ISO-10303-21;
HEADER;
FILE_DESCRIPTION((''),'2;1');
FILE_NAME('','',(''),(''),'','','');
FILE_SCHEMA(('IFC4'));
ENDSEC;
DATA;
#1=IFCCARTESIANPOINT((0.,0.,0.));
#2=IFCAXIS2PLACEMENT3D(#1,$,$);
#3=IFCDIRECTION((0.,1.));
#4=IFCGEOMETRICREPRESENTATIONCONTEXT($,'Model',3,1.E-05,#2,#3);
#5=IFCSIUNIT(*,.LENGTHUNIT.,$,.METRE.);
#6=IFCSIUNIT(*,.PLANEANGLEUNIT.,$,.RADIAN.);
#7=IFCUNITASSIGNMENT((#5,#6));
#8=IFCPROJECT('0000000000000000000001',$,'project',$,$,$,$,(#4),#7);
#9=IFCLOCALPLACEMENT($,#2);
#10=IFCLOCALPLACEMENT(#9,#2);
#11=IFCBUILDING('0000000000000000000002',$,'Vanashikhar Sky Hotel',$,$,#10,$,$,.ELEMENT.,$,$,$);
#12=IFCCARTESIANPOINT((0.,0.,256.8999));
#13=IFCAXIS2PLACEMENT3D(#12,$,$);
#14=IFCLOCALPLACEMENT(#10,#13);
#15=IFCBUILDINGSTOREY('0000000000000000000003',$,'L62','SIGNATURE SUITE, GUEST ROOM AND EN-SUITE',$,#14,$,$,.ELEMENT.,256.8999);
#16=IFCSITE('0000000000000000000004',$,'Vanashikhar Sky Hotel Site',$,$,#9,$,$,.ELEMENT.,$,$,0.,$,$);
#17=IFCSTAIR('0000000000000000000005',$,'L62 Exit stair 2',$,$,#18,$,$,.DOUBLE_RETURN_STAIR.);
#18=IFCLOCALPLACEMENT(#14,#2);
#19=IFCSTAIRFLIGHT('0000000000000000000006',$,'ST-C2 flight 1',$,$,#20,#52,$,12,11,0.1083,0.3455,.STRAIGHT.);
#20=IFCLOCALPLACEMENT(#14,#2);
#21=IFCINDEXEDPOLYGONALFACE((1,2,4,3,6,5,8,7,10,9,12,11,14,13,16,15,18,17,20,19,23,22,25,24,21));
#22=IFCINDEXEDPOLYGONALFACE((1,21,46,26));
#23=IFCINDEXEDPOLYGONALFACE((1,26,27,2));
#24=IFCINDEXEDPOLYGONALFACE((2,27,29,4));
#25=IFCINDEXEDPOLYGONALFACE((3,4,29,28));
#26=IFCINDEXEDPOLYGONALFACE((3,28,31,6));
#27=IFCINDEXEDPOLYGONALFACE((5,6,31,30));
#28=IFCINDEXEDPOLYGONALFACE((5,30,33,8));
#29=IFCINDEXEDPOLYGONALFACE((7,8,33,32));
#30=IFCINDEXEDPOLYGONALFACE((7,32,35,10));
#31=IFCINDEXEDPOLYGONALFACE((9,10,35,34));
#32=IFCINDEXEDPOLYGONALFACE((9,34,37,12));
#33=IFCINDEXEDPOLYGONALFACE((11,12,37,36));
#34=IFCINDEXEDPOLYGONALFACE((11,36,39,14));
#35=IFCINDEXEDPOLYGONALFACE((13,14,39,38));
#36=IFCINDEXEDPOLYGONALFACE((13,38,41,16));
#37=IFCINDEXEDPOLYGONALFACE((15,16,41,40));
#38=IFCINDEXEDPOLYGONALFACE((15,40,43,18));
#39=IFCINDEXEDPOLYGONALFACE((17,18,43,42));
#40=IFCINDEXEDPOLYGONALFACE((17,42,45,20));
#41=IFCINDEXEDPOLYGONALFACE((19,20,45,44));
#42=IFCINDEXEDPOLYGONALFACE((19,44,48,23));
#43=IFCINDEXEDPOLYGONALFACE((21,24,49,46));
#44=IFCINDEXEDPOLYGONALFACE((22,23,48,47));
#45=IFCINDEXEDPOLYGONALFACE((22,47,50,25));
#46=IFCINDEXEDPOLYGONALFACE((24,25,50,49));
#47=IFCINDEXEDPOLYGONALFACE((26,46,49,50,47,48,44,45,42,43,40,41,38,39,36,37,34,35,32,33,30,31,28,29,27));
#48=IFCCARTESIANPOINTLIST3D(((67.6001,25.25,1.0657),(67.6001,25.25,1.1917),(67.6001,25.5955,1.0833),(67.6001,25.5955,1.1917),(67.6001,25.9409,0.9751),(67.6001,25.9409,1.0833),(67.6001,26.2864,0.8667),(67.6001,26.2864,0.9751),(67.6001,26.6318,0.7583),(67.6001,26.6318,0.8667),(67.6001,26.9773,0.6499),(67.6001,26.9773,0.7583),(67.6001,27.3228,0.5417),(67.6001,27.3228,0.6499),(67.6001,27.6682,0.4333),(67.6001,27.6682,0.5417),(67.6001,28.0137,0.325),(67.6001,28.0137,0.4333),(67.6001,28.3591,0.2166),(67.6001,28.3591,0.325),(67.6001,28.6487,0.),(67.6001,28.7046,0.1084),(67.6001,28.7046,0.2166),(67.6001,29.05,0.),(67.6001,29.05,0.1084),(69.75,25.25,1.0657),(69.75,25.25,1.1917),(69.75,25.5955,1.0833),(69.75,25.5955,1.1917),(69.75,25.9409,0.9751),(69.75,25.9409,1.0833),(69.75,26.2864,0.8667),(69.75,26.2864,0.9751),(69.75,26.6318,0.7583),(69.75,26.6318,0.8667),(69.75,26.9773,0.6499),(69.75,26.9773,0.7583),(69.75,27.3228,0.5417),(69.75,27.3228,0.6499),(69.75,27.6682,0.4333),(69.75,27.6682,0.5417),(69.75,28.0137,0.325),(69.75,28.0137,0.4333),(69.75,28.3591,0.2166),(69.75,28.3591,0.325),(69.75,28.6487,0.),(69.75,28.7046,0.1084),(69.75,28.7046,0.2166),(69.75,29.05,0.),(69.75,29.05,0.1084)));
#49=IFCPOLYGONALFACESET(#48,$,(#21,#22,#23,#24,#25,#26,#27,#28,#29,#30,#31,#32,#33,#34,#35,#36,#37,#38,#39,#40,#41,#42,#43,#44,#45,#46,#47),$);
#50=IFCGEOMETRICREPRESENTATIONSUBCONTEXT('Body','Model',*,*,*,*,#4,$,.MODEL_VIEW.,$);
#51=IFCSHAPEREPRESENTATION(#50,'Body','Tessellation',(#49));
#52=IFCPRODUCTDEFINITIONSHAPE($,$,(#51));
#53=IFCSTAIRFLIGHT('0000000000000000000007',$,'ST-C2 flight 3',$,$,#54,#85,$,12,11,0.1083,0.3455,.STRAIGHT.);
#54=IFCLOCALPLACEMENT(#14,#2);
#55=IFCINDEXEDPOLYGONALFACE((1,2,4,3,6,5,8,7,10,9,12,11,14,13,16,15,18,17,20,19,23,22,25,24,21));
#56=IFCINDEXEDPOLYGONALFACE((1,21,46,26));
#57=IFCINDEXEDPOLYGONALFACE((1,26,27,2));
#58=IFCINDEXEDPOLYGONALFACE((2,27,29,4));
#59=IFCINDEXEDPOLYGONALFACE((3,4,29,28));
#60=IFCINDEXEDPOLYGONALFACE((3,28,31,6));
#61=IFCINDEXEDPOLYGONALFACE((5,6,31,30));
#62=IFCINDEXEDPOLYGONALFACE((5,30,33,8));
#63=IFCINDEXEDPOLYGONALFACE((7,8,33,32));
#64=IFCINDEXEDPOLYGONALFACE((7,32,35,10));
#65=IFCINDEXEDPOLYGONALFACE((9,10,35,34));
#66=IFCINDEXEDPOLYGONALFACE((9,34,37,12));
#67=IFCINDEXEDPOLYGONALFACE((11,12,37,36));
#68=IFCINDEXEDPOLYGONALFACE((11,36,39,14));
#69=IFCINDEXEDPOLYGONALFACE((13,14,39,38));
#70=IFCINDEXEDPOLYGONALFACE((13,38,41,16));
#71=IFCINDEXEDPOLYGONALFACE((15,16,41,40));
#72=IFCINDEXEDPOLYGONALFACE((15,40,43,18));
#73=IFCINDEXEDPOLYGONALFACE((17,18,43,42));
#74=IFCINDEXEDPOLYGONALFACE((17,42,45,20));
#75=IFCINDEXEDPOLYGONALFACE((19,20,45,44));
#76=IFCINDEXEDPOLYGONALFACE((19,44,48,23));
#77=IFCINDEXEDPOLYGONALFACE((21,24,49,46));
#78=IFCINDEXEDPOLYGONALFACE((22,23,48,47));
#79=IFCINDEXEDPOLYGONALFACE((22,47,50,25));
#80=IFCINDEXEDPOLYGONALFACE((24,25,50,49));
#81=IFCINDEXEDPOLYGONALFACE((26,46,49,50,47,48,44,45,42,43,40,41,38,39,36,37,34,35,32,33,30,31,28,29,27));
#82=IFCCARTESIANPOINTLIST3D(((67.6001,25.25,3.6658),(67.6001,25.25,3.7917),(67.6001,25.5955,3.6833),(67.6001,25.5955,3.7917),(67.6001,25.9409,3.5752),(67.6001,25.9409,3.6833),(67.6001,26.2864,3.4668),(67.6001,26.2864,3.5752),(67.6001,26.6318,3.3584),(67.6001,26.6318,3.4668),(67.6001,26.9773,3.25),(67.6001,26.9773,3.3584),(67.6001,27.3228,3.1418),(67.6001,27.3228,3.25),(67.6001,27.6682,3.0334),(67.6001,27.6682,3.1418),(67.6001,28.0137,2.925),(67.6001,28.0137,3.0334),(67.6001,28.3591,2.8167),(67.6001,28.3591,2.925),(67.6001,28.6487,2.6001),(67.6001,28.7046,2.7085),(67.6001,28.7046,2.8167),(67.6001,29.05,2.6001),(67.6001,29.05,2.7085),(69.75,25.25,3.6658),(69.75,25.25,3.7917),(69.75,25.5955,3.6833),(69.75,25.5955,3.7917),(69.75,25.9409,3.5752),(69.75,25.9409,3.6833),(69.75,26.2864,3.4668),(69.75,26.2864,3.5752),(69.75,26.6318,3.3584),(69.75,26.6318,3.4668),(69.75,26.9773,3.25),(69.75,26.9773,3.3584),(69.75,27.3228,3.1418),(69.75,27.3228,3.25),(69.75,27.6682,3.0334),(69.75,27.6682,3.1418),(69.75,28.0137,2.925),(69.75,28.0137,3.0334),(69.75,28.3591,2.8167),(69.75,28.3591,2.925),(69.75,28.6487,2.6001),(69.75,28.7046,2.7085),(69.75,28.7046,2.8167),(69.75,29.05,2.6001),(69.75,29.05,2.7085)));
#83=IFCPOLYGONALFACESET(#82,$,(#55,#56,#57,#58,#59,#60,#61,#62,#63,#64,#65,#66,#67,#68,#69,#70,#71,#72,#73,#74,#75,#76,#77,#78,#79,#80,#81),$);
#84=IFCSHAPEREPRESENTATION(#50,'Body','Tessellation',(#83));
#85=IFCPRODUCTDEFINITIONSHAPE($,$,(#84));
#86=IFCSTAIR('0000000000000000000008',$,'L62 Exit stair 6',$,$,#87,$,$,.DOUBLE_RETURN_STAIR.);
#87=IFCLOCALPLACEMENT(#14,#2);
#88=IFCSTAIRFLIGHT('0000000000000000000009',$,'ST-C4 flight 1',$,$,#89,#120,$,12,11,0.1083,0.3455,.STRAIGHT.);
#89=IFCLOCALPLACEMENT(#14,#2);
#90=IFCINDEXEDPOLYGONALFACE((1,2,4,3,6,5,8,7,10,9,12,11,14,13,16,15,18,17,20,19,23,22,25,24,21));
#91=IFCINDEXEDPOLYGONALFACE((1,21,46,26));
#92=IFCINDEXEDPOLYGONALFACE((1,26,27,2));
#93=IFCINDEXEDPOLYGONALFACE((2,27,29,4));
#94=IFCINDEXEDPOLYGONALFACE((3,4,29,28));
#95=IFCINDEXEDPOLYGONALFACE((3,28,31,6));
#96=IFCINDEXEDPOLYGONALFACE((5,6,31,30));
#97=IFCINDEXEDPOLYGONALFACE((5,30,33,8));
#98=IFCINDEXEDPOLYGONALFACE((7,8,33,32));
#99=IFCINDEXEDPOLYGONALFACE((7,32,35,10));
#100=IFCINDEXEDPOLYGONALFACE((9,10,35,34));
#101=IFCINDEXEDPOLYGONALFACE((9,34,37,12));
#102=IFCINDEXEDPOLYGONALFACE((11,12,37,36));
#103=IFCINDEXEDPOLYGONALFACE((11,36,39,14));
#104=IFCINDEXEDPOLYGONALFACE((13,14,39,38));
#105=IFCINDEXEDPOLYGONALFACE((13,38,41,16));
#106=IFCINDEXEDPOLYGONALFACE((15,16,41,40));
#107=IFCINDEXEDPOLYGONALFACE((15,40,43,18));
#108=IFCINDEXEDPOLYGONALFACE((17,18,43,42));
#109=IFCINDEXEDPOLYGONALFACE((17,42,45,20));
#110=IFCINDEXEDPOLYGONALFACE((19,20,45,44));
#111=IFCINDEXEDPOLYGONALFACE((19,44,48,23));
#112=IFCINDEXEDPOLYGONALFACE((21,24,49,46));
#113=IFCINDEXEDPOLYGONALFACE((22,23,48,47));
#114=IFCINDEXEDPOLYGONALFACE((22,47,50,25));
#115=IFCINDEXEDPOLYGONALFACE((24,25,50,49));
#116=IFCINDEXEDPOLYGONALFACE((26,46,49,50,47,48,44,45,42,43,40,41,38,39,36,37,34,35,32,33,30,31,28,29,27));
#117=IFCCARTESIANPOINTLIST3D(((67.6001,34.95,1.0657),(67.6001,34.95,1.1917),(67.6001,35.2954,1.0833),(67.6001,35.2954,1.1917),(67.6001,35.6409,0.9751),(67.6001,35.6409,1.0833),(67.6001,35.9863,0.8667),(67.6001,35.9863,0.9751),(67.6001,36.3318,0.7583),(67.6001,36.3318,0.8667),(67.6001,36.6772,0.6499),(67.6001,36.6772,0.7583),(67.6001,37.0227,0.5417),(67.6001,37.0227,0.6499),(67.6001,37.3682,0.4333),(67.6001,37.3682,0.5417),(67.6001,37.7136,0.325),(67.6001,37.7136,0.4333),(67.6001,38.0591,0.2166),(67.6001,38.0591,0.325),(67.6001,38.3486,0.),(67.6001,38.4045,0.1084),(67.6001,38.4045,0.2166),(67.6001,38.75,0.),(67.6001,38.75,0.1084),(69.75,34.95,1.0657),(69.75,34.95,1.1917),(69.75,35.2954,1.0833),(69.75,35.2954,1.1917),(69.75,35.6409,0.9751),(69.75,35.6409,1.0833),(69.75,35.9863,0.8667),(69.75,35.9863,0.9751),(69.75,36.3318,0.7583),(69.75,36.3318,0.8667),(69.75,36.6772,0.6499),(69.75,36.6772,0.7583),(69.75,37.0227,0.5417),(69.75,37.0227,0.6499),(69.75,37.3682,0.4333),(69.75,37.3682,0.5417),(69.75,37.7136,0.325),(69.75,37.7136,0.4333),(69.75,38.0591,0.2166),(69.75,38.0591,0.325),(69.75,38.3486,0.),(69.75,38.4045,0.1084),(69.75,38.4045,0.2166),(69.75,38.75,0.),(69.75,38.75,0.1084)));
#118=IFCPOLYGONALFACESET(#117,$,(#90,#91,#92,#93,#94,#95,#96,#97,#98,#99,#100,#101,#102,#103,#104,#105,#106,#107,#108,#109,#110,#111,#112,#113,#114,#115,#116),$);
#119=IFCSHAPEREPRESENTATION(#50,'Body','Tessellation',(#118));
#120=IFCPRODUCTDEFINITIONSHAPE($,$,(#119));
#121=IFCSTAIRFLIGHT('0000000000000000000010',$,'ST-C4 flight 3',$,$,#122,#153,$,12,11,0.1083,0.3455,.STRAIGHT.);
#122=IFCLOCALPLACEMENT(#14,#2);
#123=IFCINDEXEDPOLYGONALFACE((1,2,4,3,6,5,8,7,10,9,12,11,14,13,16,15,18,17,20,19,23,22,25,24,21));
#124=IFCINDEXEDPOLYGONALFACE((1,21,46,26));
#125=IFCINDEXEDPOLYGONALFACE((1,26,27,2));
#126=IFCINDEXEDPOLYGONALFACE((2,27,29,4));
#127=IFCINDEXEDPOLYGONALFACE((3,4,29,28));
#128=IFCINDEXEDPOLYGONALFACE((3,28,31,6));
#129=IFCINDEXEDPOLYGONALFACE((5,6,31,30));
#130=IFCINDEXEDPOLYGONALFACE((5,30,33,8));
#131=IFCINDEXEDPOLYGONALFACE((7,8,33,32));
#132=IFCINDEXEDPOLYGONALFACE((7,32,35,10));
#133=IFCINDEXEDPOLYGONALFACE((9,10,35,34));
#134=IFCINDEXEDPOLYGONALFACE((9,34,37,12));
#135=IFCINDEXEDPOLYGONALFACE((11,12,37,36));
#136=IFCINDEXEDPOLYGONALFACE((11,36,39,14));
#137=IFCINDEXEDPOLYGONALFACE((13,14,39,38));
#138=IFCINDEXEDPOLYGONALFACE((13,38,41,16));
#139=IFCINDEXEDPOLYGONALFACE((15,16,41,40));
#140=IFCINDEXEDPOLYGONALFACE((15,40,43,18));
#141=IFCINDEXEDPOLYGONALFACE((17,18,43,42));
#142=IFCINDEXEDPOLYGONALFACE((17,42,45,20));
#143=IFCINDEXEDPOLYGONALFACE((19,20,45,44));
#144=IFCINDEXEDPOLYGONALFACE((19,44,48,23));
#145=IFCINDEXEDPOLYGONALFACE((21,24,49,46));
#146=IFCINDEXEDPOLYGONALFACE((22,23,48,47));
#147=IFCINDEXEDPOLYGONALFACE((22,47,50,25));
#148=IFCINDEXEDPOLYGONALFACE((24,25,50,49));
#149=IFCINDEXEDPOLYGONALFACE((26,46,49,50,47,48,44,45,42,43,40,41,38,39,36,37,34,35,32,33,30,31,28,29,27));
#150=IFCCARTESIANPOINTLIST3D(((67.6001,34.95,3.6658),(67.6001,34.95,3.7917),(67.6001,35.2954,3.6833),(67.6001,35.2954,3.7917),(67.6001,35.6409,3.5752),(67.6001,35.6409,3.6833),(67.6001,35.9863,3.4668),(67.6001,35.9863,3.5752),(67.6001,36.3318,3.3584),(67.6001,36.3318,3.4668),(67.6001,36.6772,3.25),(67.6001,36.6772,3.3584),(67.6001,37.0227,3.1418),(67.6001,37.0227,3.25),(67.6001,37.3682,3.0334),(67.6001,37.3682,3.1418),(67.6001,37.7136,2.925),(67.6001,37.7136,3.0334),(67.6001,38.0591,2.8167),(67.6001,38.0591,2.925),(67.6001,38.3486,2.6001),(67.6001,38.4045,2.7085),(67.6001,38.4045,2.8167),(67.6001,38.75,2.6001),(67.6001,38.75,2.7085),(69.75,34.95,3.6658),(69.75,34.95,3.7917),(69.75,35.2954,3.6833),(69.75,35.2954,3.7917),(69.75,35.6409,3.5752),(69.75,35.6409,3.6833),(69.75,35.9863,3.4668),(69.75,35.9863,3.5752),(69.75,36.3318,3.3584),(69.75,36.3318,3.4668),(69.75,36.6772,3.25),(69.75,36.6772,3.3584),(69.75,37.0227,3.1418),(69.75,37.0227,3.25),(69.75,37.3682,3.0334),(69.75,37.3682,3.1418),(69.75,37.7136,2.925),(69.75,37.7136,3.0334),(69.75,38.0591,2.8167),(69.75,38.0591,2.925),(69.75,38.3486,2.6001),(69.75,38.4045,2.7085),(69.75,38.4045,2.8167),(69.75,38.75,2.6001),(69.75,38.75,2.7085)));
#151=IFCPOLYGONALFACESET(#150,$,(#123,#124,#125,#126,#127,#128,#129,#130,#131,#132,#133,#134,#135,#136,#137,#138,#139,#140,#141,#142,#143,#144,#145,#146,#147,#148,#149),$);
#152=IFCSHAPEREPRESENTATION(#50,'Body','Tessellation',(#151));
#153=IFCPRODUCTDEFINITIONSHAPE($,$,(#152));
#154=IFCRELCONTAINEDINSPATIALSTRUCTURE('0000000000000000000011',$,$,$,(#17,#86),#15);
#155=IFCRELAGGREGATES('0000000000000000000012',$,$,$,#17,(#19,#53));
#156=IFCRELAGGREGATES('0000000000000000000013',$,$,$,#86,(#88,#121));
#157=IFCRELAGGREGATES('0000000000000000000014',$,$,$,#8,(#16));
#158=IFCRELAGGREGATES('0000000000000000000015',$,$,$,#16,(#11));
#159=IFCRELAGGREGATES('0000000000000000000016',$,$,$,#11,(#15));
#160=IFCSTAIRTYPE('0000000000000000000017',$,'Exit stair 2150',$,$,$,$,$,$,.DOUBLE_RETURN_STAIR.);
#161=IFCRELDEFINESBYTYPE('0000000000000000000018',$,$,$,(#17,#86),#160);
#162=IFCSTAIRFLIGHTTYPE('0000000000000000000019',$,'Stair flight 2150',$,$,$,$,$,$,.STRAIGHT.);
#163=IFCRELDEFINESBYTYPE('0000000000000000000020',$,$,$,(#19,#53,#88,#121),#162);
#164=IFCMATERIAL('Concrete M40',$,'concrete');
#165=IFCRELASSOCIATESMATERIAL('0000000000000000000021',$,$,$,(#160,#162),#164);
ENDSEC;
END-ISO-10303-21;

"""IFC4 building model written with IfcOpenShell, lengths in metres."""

from ifc_helpers import new_model, si_unit, direction, frame, origin, place, context, subcontext, project, spatial, polyline, outline, extrude, source, transform, mapped, material, type_object, element, aggregate, save


model = new_model("IFC4")

# Units and contexts
model_context = context("Model", 3, precision=1e-05, world=origin(), true_north=direction((0.0, 1.0)))
body_context = subcontext(model_context, "Body", "Model", "MODEL_VIEW")
ifc_project = project(units=[si_unit("LENGTHUNIT", "METRE"), si_unit("PLANEANGLEUNIT", "RADIAN")], contexts=[model_context])

# Site, building, storey
site_placement = place(None, origin())
site = spatial("IfcSite", under=ifc_project, at=site_placement, Name="Vanashikhar Sky Hotel Site", CompositionType="ELEMENT", RefElevation=0.0)
building_placement = place(site_placement, origin())
building = spatial("IfcBuilding", under=site, at=building_placement, Name="Vanashikhar Sky Hotel", CompositionType="ELEMENT")
storey_placement = place(building_placement, frame((0.0, 0.0, 256.8999)))
storey = spatial("IfcBuildingStorey", under=building, at=storey_placement, Name="L62", Description="SIGNATURE SUITE, GUEST ROOM AND EN-SUITE", CompositionType="ELEMENT", Elevation=256.8999)

# Stairs, stair flights
ifc_material_1 = material(Name="Concrete M40", Category="concrete")
stair_type = type_object("IfcStairType", Name="Exit stair 2150", PredefinedType="DOUBLE_RETURN_STAIR", material=ifc_material_1)
stair_1_placement = place(storey_placement, origin())
stair_1 = element("IfcStair", 1, at=stair_1_placement, inside=storey, type_object=stair_type, Name="L62 Exit stair 2", PredefinedType="DOUBLE_RETURN_STAIR")
stair_flight_type = type_object("IfcStairFlightType", Name="Stair flight 2150", PredefinedType="STRAIGHT", material=ifc_material_1)
shared_shape_1 = source(origin(), body_context, "Body", "SweptSolid", [
    extrude(outline(polyline([(0.0, 0.0), (0.0, 0.1084), (0.3455, 0.1084), (0.3455, 0.2166), (0.6909, 0.2166), (0.6909, 0.325), (1.0364, 0.325), (1.0364, 0.4333), (1.3818, 0.4333), (1.3818, 0.5417), (1.7273, 0.5417), (1.7273, 0.6499), (2.0728, 0.6499), (2.0728, 0.7583), (2.4182, 0.7583), (2.4182, 0.8667), (2.7637, 0.8667), (2.7637, 0.9751), (3.1091, 0.9751), (3.1091, 1.0833), (3.4546, 1.0833), (3.4546, 1.1917), (3.8, 1.1917), (3.8, 1.3), (3.8, 1.0657), (0.4014, 0.0), (0.0, 0.0)])), frame((0.0, 1.075, 0.0), z_axis=(0.0, -1.0, 0.0), x_axis=(1.0, 0.0, 0.0)), (0.0, 0.0, 1.0), 2.1499),
])
stair_flight_1_placement = place(storey_placement, frame((68.675, 29.05, 0.0), z_axis=(0.0, 0.0, 1.0), x_axis=(0.0, -1.0, 0.0)))
stair_flight_1 = element("IfcStairFlight", 2, at=stair_flight_1_placement, type_object=stair_flight_type, Name="ST-C2 flight 1", NumberOfRisers=12, NumberOfTreads=11, PredefinedType="STRAIGHT", RiserHeight=0.1083, TreadLength=0.3455, context=body_context, shape_type="MappedRepresentation", body=[
    mapped(shared_shape_1, transform((0.0, 0.0, 0.0), scale=1.0)),
])
stair_flight_2_placement = place(storey_placement, frame((68.675, 29.05, 2.6001), z_axis=(0.0, 0.0, 1.0), x_axis=(0.0, -1.0, 0.0)))
stair_flight_2 = element("IfcStairFlight", 3, at=stair_flight_2_placement, type_object=stair_flight_type, Name="ST-C2 flight 3", NumberOfRisers=12, NumberOfTreads=11, PredefinedType="STRAIGHT", RiserHeight=0.1083, TreadLength=0.3455, context=body_context, shape_type="MappedRepresentation", body=[
    mapped(shared_shape_1, transform((0.0, 0.0, 0.0), scale=1.0)),
])
aggregate(stair_1, [stair_flight_1, stair_flight_2])
stair_2_placement = place(storey_placement, origin())
stair_2 = element("IfcStair", 4, at=stair_2_placement, inside=storey, type_object=stair_type, Name="L62 Exit stair 6", PredefinedType="DOUBLE_RETURN_STAIR")
stair_flight_3_placement = place(storey_placement, frame((68.675, 38.75, 0.0), z_axis=(0.0, 0.0, 1.0), x_axis=(0.0, -1.0, 0.0)))
stair_flight_3 = element("IfcStairFlight", 5, at=stair_flight_3_placement, type_object=stair_flight_type, Name="ST-C4 flight 1", NumberOfRisers=12, NumberOfTreads=11, PredefinedType="STRAIGHT", RiserHeight=0.1083, TreadLength=0.3455, context=body_context, shape_type="MappedRepresentation", body=[
    mapped(shared_shape_1, transform((0.0, 0.0, 0.0), scale=1.0)),
])
stair_flight_4_placement = place(storey_placement, frame((68.675, 38.75, 2.6001), z_axis=(0.0, 0.0, 1.0), x_axis=(0.0, -1.0, 0.0)))
stair_flight_4 = element("IfcStairFlight", 6, at=stair_flight_4_placement, type_object=stair_flight_type, Name="ST-C4 flight 3", NumberOfRisers=12, NumberOfTreads=11, PredefinedType="STRAIGHT", RiserHeight=0.1083, TreadLength=0.3455, context=body_context, shape_type="MappedRepresentation", body=[
    mapped(shared_shape_1, transform((0.0, 0.0, 0.0), scale=1.0)),
])
aggregate(stair_2, [stair_flight_3, stair_flight_4])

save(model, "model.ifc")
